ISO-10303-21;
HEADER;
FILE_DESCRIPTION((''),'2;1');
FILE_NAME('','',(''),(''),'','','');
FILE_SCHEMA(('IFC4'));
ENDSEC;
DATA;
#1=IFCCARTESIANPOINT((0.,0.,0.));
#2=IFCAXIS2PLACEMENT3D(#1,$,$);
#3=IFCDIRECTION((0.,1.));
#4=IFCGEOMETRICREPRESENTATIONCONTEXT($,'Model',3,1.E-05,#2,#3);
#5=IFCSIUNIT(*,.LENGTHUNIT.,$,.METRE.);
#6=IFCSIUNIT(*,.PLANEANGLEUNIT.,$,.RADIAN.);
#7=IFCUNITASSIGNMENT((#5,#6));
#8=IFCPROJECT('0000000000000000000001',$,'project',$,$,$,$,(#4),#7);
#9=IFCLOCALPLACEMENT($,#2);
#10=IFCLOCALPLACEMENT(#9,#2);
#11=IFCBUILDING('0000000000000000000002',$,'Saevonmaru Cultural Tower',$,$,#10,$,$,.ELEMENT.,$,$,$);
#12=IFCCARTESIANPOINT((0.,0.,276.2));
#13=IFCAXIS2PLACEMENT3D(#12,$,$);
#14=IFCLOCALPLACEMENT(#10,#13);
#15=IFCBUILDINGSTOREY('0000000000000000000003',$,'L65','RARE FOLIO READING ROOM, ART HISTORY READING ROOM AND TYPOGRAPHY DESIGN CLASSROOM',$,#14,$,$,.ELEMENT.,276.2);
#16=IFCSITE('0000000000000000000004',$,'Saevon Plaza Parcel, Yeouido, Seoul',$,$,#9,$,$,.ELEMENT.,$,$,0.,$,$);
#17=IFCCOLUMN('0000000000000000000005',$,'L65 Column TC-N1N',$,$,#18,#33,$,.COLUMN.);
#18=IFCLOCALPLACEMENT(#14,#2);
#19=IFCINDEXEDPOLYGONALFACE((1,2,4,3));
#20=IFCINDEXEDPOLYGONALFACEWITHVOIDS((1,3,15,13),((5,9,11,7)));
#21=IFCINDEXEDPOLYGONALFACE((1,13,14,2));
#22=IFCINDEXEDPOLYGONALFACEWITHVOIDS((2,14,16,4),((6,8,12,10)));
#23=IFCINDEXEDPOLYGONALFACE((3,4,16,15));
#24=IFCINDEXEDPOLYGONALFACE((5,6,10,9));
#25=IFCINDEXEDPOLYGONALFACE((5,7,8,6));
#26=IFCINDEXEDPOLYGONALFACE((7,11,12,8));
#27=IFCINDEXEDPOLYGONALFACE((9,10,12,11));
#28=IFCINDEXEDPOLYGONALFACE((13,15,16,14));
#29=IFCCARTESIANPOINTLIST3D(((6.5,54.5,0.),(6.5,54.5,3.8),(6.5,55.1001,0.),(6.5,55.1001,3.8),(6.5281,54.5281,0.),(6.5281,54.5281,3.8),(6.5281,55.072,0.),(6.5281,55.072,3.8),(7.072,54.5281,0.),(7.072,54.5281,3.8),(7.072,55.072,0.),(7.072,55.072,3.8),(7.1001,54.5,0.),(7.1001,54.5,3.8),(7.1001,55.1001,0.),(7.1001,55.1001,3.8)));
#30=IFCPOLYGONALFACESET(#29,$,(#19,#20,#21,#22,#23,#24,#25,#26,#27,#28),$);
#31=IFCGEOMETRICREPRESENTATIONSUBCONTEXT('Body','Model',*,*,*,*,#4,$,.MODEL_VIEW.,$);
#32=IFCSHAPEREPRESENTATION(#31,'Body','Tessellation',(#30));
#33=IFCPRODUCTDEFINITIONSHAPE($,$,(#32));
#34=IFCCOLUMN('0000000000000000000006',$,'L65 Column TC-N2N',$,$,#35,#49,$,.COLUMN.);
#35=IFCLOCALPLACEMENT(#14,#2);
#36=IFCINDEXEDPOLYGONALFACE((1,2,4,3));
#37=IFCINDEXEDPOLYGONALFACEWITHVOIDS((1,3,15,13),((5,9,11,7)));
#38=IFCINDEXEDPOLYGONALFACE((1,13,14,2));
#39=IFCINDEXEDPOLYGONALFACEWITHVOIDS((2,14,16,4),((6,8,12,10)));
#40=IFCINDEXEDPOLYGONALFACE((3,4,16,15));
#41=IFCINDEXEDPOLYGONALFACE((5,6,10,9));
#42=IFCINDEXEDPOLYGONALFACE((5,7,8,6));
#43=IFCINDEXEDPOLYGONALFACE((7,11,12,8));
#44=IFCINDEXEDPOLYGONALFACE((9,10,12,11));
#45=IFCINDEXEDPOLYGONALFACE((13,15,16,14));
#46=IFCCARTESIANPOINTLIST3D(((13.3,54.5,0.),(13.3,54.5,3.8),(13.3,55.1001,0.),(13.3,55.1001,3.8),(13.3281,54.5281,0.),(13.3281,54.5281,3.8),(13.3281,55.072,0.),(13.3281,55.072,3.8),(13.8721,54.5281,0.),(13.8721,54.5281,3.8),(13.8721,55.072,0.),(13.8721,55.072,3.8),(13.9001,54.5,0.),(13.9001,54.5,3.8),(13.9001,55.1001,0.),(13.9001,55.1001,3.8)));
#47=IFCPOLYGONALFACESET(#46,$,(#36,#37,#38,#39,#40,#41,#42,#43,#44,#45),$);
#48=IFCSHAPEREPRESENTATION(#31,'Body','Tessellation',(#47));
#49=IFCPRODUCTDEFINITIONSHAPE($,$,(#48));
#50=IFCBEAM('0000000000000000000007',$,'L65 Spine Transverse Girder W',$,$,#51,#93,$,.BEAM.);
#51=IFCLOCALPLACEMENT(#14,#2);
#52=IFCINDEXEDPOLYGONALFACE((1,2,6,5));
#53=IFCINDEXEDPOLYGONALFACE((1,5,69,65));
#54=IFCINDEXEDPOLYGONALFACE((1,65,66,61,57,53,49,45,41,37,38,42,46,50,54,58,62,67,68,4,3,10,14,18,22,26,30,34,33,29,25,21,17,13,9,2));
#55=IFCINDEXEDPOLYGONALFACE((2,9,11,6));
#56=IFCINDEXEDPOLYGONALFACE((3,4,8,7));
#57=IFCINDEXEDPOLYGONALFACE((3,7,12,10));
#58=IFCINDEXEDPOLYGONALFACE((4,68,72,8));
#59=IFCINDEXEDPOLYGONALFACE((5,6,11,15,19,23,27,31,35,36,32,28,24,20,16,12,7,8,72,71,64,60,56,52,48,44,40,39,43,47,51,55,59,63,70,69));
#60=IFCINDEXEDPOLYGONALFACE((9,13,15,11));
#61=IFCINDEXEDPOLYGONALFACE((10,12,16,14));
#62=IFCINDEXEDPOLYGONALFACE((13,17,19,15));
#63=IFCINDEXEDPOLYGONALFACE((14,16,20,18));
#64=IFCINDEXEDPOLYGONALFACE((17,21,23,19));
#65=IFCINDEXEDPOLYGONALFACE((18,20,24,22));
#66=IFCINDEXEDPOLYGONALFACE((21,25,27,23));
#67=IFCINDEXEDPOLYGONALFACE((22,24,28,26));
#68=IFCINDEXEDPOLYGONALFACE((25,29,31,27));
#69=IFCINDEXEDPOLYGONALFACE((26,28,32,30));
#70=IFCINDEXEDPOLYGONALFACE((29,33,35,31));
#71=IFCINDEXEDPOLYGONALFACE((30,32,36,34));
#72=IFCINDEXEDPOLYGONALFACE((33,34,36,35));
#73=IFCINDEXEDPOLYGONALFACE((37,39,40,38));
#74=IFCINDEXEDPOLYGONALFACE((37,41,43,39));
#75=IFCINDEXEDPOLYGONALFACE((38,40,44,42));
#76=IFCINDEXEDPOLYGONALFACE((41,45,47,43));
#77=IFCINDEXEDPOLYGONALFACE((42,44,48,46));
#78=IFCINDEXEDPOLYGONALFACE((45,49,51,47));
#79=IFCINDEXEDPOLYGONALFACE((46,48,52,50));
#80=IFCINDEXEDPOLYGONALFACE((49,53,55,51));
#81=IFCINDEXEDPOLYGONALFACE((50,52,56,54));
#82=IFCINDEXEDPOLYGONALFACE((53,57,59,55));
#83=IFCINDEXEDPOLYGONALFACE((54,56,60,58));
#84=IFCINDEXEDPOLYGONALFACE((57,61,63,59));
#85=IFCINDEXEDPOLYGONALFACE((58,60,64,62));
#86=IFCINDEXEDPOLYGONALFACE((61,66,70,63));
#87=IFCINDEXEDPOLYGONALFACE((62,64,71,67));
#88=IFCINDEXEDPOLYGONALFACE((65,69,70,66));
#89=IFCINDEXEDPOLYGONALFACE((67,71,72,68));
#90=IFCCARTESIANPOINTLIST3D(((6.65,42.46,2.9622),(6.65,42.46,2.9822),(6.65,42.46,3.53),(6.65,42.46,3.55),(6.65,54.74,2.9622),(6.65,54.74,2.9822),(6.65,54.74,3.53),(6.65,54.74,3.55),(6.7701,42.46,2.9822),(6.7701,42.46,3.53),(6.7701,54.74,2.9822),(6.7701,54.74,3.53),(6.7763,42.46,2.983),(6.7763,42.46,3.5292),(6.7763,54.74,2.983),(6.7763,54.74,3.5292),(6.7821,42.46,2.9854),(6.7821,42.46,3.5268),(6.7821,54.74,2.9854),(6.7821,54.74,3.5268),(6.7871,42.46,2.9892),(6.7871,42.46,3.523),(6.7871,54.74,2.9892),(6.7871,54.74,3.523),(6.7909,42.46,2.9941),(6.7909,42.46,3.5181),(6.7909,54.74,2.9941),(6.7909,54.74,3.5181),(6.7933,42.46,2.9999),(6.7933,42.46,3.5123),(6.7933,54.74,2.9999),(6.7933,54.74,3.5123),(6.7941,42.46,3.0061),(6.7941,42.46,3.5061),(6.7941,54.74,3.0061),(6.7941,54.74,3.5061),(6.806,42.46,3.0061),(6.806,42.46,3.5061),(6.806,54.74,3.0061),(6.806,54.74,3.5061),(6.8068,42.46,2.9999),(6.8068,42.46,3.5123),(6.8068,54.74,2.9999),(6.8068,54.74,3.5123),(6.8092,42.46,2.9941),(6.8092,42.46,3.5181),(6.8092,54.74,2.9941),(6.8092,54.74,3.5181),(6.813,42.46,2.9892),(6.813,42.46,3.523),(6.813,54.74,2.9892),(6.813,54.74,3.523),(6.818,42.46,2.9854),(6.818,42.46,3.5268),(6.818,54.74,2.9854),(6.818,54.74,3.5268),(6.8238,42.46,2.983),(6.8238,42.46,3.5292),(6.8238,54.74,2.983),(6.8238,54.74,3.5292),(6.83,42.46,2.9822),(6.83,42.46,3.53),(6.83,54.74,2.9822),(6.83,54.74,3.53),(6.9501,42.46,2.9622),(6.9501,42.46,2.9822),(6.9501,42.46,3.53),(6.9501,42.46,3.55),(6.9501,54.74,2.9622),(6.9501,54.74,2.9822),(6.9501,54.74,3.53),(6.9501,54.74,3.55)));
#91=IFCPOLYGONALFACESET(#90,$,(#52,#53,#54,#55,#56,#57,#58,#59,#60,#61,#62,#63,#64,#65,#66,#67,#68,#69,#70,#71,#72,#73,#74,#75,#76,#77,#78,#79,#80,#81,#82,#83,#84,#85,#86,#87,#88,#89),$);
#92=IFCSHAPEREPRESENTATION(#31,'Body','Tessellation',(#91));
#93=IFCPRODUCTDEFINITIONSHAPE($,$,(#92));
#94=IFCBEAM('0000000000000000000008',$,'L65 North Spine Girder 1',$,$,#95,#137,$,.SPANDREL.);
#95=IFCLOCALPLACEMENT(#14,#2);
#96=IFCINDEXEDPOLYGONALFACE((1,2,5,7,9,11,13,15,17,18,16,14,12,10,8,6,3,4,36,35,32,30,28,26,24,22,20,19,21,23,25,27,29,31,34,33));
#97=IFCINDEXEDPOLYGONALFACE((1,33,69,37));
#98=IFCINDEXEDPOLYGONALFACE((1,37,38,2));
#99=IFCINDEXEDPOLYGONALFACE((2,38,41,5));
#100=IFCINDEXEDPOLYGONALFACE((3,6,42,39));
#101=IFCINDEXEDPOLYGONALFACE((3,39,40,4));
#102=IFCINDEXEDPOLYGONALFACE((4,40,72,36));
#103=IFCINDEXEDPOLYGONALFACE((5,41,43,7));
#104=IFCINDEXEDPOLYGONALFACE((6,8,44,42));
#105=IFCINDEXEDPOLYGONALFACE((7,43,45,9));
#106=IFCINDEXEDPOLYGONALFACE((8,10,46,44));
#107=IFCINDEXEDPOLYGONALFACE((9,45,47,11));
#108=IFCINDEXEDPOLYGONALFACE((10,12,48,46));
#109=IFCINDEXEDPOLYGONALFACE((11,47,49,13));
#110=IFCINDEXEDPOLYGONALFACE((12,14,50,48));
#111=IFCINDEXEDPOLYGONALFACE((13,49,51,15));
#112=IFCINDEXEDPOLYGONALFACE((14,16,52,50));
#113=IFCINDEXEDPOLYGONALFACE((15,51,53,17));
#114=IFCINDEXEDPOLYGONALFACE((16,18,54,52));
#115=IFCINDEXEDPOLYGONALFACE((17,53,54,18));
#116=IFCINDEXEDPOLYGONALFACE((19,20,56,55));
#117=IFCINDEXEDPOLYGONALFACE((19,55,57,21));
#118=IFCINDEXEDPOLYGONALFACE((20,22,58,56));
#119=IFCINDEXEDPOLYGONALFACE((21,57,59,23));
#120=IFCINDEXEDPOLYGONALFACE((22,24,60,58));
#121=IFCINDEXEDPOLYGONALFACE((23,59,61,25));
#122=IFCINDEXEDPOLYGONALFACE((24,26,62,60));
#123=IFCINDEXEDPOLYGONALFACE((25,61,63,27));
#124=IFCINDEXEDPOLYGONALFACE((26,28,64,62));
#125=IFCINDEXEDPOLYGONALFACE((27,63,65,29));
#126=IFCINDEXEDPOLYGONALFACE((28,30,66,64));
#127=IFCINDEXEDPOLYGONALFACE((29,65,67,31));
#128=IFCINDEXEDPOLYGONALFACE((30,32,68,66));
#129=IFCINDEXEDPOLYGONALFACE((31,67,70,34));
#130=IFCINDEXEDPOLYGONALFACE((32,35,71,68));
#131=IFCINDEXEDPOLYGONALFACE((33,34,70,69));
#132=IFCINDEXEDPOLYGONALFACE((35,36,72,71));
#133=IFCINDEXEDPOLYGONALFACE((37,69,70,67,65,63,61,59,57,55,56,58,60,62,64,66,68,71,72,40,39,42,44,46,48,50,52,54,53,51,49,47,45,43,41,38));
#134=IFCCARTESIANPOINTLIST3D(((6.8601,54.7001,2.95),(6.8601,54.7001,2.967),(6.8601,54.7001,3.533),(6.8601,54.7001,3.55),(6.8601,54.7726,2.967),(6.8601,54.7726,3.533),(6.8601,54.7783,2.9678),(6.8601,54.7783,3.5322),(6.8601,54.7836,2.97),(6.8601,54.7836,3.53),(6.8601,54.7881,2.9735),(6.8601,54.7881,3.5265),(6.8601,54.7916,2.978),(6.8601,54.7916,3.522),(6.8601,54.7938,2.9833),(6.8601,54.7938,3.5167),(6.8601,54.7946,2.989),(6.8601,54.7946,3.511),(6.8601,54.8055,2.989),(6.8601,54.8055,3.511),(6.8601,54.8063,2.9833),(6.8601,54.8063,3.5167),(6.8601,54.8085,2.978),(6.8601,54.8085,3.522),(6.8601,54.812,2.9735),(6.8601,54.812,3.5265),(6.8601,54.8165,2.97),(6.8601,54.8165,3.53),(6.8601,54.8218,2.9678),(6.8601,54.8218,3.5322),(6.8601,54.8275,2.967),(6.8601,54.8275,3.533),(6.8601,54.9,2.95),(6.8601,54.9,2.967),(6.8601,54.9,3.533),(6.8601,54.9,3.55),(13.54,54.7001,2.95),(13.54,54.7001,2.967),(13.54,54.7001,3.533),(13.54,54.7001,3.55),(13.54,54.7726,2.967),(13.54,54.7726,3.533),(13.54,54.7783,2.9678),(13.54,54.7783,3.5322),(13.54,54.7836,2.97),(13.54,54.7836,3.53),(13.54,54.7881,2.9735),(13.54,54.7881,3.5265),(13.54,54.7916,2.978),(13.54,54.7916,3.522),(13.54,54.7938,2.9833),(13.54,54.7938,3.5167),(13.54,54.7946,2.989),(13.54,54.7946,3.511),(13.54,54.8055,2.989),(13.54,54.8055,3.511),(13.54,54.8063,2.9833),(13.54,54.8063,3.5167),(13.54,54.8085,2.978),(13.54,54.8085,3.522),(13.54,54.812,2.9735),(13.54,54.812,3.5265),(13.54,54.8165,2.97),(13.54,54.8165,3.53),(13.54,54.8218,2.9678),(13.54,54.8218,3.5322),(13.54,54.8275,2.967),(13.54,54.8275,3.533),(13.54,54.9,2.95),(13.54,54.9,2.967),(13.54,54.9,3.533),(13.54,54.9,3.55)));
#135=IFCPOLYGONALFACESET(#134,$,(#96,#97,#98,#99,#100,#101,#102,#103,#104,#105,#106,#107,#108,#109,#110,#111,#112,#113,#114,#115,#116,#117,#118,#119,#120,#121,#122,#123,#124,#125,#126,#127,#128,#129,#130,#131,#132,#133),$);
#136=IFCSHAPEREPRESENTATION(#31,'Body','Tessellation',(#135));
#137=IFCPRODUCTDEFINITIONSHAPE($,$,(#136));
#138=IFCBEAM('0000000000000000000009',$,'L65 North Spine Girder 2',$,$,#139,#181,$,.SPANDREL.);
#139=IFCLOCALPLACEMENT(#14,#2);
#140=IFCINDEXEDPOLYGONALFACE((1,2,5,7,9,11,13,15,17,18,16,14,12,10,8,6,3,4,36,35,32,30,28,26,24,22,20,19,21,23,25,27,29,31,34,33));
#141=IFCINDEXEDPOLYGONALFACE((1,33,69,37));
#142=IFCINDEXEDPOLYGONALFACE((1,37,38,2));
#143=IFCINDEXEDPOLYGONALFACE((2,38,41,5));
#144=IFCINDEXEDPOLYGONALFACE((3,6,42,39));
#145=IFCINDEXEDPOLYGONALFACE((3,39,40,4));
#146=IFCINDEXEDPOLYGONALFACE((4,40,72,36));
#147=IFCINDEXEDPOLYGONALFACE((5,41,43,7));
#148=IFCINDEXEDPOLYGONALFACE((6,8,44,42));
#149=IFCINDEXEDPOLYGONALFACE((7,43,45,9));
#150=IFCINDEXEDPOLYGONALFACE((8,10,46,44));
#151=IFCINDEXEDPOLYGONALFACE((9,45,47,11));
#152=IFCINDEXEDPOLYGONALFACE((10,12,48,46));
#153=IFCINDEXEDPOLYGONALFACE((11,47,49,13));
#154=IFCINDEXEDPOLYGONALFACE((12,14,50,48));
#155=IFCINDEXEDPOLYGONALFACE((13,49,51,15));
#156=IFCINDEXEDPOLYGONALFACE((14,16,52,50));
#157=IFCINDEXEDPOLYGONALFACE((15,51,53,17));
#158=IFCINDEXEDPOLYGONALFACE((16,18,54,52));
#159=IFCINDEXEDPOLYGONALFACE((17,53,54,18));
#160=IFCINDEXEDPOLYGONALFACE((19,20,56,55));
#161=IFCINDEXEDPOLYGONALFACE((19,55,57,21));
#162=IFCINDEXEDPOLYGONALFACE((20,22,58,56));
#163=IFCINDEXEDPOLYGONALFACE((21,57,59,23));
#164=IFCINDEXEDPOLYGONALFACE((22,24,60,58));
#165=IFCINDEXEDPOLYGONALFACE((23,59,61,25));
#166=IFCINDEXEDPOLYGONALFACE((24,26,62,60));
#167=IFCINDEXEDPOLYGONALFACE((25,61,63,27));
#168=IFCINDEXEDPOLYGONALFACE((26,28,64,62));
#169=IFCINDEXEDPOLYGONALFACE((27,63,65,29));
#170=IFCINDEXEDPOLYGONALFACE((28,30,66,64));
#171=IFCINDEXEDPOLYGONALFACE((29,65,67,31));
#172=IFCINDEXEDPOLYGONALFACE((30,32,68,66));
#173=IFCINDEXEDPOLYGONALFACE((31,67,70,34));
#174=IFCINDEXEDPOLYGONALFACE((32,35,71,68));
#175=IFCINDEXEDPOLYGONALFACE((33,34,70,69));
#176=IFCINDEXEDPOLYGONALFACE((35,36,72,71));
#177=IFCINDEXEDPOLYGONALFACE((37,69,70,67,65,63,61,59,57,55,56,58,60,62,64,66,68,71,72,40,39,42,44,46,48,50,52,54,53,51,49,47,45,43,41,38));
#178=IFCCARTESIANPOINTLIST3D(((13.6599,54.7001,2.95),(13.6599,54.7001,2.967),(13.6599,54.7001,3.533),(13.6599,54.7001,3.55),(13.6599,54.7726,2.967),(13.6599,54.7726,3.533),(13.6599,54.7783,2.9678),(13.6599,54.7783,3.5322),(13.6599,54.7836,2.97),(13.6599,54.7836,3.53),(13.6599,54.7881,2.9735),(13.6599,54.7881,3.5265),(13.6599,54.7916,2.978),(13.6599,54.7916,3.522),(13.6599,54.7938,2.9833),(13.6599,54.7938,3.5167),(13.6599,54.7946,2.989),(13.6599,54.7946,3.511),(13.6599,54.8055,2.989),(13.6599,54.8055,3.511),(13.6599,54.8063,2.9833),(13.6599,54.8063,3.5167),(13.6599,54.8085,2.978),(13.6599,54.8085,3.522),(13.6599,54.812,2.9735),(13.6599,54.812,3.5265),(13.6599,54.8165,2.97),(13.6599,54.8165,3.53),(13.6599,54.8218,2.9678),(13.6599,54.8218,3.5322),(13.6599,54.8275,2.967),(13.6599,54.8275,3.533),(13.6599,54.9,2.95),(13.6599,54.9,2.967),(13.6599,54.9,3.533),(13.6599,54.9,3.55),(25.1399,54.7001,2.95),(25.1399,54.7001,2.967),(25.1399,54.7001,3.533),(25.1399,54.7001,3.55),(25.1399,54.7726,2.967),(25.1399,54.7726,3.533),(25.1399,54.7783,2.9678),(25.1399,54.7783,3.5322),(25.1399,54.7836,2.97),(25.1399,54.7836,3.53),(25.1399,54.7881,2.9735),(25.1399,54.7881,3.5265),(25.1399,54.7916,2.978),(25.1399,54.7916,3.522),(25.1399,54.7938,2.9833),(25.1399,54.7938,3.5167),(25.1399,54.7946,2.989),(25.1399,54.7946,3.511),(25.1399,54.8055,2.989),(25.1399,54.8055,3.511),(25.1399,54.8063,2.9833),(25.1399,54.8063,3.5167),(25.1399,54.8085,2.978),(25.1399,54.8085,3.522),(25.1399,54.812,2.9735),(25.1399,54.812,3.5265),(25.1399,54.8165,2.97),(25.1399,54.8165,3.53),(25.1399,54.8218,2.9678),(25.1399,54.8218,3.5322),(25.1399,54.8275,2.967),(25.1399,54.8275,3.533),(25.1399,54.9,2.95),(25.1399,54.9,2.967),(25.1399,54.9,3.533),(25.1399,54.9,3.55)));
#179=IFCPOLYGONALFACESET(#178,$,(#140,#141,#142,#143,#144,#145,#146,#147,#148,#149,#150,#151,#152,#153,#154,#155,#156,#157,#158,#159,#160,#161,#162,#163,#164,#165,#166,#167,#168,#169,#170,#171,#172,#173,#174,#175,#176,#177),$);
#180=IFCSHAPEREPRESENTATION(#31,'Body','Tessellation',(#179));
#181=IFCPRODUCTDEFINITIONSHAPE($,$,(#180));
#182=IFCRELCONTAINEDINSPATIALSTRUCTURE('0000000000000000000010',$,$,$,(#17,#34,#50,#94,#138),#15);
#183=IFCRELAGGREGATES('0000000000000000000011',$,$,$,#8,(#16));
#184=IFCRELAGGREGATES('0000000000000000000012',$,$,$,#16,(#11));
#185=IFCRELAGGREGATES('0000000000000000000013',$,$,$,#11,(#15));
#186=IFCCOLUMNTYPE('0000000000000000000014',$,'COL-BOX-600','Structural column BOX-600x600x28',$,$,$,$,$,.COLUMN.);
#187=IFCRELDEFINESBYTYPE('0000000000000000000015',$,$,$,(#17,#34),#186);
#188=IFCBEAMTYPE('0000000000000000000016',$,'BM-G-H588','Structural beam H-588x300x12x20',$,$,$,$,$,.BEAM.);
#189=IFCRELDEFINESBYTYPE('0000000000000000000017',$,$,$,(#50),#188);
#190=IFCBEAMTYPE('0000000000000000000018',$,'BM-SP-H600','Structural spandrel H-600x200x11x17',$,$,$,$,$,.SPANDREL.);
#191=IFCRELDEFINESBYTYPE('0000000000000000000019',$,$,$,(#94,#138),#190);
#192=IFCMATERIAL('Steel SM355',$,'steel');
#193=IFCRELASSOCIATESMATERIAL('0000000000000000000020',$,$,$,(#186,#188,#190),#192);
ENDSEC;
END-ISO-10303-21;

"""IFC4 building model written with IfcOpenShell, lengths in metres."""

from ifc_helpers import new_model, si_unit, direction, frame, origin, origin_2d, place, context, subcontext, project, spatial, hollow_rectangle, i_section, extrude, material, material_profile, profile_set, type_object, element, save


model = new_model("IFC4")

# Units and contexts
model_context = context("Model", 3, precision=1e-05, world=origin(), true_north=direction((0.0, 1.0)))
body_context = subcontext(model_context, "Body", "Model", "MODEL_VIEW")
ifc_project = project(units=[si_unit("LENGTHUNIT", "METRE"), si_unit("PLANEANGLEUNIT", "RADIAN")], contexts=[model_context])

# Site, building, storey
site_placement = place(None, origin())
site = spatial("IfcSite", under=ifc_project, at=site_placement, Name="Saevon Plaza Parcel, Yeouido, Seoul", CompositionType="ELEMENT", RefElevation=0.0)
building_placement = place(site_placement, origin())
building = spatial("IfcBuilding", under=site, at=building_placement, Name="Saevonmaru Cultural Tower", CompositionType="ELEMENT")
storey_placement = place(building_placement, frame((0.0, 0.0, 276.2)))
storey = spatial("IfcBuildingStorey", under=building, at=storey_placement, Name="L65", Description="RARE FOLIO READING ROOM, ART HISTORY READING ROOM AND TYPOGRAPHY DESIGN CLASSROOM", CompositionType="ELEMENT", Elevation=276.2)

# Columns
ifc_material_1 = material(Name="Steel SM355", Category="steel")
ifc_material_profile_1 = material_profile(ifc_material_1, hollow_rectangle(XDim=0.6001, YDim=0.6001, WallThickness=0.0281, at=origin_2d()), Name="BOX-600x600x28")
ifc_profile_set_1 = profile_set([ifc_material_profile_1], Name="Steel SM355")
column_type = type_object("IfcColumnType", Name="COL-BOX-600", Description="Structural column BOX-600x600x28", PredefinedType="COLUMN", material=ifc_profile_set_1)
for number, where, z_axis, x_axis, name in (
    (1, (6.8, 54.8, 0.0), (0.0, 0.0, 1.0), (1.0, 0.0, 0.0), "L65 Column TC-N1N"),
    (2, (13.6001, 54.8, 0.0), (0.0, 0.0, 1.0), (1.0, 0.0, 0.0), "L65 Column TC-N2N"),
):
    element("IfcColumn", number, at=place(storey_placement, frame(where, z_axis=z_axis, x_axis=x_axis)), inside=storey, type_object=column_type, Name=name, PredefinedType="COLUMN", context=body_context, shape_type="SweptSolid", body=[
        extrude(hollow_rectangle(XDim=0.6001, YDim=0.6001, WallThickness=0.0281, at=origin_2d()), origin(), (0.0, 0.0, 1.0), 3.8),
    ])

# Beams
ifc_material_profile_2 = material_profile(ifc_material_1, i_section(OverallWidth=0.3, OverallDepth=0.5879, WebThickness=0.012, FlangeThickness=0.02, FilletRadius=0.0239, at=origin_2d()), Name="H-588x300x12x20")
ifc_profile_set_2 = profile_set([ifc_material_profile_2], Name="Steel SM355")
beam_type_1 = type_object("IfcBeamType", Name="BM-G-H588", Description="Structural beam H-588x300x12x20", PredefinedType="BEAM", material=ifc_profile_set_2)
beam_1_placement = place(storey_placement, frame((6.8, 54.74, 3.2561), z_axis=(0.0, -1.0, 0.0), x_axis=(1.0, 0.0, 0.0)))
element("IfcBeam", 3, at=beam_1_placement, inside=storey, type_object=beam_type_1, Name="L65 Spine Transverse Girder W", PredefinedType="BEAM", context=body_context, shape_type="SweptSolid", body=[
    extrude(i_section(OverallWidth=0.3, OverallDepth=0.5879, WebThickness=0.012, FlangeThickness=0.02, FilletRadius=0.0239, at=origin_2d()), origin(), (0.0, 0.0, 1.0), 12.28),
])
ifc_material_profile_3 = material_profile(ifc_material_1, i_section(OverallWidth=0.2, OverallDepth=0.6001, WebThickness=0.011, FlangeThickness=0.0171, FilletRadius=0.022, at=origin_2d()), Name="H-600x200x11x17")
ifc_profile_set_3 = profile_set([ifc_material_profile_3], Name="Steel SM355")
beam_type_2 = type_object("IfcBeamType", Name="BM-SP-H600", Description="Structural spandrel H-600x200x11x17", PredefinedType="SPANDREL", material=ifc_profile_set_3)
beam_2_placement = place(storey_placement, frame((6.8601, 54.8, 3.25), z_axis=(1.0, 0.0, 0.0), x_axis=(0.0, 1.0, 0.0)))
element("IfcBeam", 4, at=beam_2_placement, inside=storey, type_object=beam_type_2, Name="L65 North Spine Girder 1", PredefinedType="SPANDREL", context=body_context, shape_type="SweptSolid", body=[
    extrude(i_section(OverallWidth=0.2, OverallDepth=0.6001, WebThickness=0.011, FlangeThickness=0.0171, FilletRadius=0.022, at=origin_2d()), origin(), (0.0, 0.0, 1.0), 6.6799),
])
beam_3_placement = place(storey_placement, frame((13.6599, 54.8, 3.25), z_axis=(1.0, 0.0, 0.0), x_axis=(0.0, 1.0, 0.0)))
element("IfcBeam", 5, at=beam_3_placement, inside=storey, type_object=beam_type_2, Name="L65 North Spine Girder 2", PredefinedType="SPANDREL", context=body_context, shape_type="SweptSolid", body=[
    extrude(i_section(OverallWidth=0.2, OverallDepth=0.6001, WebThickness=0.011, FlangeThickness=0.0171, FilletRadius=0.022, at=origin_2d()), origin(), (0.0, 0.0, 1.0), 11.48),
])

save(model, "model.ifc")
